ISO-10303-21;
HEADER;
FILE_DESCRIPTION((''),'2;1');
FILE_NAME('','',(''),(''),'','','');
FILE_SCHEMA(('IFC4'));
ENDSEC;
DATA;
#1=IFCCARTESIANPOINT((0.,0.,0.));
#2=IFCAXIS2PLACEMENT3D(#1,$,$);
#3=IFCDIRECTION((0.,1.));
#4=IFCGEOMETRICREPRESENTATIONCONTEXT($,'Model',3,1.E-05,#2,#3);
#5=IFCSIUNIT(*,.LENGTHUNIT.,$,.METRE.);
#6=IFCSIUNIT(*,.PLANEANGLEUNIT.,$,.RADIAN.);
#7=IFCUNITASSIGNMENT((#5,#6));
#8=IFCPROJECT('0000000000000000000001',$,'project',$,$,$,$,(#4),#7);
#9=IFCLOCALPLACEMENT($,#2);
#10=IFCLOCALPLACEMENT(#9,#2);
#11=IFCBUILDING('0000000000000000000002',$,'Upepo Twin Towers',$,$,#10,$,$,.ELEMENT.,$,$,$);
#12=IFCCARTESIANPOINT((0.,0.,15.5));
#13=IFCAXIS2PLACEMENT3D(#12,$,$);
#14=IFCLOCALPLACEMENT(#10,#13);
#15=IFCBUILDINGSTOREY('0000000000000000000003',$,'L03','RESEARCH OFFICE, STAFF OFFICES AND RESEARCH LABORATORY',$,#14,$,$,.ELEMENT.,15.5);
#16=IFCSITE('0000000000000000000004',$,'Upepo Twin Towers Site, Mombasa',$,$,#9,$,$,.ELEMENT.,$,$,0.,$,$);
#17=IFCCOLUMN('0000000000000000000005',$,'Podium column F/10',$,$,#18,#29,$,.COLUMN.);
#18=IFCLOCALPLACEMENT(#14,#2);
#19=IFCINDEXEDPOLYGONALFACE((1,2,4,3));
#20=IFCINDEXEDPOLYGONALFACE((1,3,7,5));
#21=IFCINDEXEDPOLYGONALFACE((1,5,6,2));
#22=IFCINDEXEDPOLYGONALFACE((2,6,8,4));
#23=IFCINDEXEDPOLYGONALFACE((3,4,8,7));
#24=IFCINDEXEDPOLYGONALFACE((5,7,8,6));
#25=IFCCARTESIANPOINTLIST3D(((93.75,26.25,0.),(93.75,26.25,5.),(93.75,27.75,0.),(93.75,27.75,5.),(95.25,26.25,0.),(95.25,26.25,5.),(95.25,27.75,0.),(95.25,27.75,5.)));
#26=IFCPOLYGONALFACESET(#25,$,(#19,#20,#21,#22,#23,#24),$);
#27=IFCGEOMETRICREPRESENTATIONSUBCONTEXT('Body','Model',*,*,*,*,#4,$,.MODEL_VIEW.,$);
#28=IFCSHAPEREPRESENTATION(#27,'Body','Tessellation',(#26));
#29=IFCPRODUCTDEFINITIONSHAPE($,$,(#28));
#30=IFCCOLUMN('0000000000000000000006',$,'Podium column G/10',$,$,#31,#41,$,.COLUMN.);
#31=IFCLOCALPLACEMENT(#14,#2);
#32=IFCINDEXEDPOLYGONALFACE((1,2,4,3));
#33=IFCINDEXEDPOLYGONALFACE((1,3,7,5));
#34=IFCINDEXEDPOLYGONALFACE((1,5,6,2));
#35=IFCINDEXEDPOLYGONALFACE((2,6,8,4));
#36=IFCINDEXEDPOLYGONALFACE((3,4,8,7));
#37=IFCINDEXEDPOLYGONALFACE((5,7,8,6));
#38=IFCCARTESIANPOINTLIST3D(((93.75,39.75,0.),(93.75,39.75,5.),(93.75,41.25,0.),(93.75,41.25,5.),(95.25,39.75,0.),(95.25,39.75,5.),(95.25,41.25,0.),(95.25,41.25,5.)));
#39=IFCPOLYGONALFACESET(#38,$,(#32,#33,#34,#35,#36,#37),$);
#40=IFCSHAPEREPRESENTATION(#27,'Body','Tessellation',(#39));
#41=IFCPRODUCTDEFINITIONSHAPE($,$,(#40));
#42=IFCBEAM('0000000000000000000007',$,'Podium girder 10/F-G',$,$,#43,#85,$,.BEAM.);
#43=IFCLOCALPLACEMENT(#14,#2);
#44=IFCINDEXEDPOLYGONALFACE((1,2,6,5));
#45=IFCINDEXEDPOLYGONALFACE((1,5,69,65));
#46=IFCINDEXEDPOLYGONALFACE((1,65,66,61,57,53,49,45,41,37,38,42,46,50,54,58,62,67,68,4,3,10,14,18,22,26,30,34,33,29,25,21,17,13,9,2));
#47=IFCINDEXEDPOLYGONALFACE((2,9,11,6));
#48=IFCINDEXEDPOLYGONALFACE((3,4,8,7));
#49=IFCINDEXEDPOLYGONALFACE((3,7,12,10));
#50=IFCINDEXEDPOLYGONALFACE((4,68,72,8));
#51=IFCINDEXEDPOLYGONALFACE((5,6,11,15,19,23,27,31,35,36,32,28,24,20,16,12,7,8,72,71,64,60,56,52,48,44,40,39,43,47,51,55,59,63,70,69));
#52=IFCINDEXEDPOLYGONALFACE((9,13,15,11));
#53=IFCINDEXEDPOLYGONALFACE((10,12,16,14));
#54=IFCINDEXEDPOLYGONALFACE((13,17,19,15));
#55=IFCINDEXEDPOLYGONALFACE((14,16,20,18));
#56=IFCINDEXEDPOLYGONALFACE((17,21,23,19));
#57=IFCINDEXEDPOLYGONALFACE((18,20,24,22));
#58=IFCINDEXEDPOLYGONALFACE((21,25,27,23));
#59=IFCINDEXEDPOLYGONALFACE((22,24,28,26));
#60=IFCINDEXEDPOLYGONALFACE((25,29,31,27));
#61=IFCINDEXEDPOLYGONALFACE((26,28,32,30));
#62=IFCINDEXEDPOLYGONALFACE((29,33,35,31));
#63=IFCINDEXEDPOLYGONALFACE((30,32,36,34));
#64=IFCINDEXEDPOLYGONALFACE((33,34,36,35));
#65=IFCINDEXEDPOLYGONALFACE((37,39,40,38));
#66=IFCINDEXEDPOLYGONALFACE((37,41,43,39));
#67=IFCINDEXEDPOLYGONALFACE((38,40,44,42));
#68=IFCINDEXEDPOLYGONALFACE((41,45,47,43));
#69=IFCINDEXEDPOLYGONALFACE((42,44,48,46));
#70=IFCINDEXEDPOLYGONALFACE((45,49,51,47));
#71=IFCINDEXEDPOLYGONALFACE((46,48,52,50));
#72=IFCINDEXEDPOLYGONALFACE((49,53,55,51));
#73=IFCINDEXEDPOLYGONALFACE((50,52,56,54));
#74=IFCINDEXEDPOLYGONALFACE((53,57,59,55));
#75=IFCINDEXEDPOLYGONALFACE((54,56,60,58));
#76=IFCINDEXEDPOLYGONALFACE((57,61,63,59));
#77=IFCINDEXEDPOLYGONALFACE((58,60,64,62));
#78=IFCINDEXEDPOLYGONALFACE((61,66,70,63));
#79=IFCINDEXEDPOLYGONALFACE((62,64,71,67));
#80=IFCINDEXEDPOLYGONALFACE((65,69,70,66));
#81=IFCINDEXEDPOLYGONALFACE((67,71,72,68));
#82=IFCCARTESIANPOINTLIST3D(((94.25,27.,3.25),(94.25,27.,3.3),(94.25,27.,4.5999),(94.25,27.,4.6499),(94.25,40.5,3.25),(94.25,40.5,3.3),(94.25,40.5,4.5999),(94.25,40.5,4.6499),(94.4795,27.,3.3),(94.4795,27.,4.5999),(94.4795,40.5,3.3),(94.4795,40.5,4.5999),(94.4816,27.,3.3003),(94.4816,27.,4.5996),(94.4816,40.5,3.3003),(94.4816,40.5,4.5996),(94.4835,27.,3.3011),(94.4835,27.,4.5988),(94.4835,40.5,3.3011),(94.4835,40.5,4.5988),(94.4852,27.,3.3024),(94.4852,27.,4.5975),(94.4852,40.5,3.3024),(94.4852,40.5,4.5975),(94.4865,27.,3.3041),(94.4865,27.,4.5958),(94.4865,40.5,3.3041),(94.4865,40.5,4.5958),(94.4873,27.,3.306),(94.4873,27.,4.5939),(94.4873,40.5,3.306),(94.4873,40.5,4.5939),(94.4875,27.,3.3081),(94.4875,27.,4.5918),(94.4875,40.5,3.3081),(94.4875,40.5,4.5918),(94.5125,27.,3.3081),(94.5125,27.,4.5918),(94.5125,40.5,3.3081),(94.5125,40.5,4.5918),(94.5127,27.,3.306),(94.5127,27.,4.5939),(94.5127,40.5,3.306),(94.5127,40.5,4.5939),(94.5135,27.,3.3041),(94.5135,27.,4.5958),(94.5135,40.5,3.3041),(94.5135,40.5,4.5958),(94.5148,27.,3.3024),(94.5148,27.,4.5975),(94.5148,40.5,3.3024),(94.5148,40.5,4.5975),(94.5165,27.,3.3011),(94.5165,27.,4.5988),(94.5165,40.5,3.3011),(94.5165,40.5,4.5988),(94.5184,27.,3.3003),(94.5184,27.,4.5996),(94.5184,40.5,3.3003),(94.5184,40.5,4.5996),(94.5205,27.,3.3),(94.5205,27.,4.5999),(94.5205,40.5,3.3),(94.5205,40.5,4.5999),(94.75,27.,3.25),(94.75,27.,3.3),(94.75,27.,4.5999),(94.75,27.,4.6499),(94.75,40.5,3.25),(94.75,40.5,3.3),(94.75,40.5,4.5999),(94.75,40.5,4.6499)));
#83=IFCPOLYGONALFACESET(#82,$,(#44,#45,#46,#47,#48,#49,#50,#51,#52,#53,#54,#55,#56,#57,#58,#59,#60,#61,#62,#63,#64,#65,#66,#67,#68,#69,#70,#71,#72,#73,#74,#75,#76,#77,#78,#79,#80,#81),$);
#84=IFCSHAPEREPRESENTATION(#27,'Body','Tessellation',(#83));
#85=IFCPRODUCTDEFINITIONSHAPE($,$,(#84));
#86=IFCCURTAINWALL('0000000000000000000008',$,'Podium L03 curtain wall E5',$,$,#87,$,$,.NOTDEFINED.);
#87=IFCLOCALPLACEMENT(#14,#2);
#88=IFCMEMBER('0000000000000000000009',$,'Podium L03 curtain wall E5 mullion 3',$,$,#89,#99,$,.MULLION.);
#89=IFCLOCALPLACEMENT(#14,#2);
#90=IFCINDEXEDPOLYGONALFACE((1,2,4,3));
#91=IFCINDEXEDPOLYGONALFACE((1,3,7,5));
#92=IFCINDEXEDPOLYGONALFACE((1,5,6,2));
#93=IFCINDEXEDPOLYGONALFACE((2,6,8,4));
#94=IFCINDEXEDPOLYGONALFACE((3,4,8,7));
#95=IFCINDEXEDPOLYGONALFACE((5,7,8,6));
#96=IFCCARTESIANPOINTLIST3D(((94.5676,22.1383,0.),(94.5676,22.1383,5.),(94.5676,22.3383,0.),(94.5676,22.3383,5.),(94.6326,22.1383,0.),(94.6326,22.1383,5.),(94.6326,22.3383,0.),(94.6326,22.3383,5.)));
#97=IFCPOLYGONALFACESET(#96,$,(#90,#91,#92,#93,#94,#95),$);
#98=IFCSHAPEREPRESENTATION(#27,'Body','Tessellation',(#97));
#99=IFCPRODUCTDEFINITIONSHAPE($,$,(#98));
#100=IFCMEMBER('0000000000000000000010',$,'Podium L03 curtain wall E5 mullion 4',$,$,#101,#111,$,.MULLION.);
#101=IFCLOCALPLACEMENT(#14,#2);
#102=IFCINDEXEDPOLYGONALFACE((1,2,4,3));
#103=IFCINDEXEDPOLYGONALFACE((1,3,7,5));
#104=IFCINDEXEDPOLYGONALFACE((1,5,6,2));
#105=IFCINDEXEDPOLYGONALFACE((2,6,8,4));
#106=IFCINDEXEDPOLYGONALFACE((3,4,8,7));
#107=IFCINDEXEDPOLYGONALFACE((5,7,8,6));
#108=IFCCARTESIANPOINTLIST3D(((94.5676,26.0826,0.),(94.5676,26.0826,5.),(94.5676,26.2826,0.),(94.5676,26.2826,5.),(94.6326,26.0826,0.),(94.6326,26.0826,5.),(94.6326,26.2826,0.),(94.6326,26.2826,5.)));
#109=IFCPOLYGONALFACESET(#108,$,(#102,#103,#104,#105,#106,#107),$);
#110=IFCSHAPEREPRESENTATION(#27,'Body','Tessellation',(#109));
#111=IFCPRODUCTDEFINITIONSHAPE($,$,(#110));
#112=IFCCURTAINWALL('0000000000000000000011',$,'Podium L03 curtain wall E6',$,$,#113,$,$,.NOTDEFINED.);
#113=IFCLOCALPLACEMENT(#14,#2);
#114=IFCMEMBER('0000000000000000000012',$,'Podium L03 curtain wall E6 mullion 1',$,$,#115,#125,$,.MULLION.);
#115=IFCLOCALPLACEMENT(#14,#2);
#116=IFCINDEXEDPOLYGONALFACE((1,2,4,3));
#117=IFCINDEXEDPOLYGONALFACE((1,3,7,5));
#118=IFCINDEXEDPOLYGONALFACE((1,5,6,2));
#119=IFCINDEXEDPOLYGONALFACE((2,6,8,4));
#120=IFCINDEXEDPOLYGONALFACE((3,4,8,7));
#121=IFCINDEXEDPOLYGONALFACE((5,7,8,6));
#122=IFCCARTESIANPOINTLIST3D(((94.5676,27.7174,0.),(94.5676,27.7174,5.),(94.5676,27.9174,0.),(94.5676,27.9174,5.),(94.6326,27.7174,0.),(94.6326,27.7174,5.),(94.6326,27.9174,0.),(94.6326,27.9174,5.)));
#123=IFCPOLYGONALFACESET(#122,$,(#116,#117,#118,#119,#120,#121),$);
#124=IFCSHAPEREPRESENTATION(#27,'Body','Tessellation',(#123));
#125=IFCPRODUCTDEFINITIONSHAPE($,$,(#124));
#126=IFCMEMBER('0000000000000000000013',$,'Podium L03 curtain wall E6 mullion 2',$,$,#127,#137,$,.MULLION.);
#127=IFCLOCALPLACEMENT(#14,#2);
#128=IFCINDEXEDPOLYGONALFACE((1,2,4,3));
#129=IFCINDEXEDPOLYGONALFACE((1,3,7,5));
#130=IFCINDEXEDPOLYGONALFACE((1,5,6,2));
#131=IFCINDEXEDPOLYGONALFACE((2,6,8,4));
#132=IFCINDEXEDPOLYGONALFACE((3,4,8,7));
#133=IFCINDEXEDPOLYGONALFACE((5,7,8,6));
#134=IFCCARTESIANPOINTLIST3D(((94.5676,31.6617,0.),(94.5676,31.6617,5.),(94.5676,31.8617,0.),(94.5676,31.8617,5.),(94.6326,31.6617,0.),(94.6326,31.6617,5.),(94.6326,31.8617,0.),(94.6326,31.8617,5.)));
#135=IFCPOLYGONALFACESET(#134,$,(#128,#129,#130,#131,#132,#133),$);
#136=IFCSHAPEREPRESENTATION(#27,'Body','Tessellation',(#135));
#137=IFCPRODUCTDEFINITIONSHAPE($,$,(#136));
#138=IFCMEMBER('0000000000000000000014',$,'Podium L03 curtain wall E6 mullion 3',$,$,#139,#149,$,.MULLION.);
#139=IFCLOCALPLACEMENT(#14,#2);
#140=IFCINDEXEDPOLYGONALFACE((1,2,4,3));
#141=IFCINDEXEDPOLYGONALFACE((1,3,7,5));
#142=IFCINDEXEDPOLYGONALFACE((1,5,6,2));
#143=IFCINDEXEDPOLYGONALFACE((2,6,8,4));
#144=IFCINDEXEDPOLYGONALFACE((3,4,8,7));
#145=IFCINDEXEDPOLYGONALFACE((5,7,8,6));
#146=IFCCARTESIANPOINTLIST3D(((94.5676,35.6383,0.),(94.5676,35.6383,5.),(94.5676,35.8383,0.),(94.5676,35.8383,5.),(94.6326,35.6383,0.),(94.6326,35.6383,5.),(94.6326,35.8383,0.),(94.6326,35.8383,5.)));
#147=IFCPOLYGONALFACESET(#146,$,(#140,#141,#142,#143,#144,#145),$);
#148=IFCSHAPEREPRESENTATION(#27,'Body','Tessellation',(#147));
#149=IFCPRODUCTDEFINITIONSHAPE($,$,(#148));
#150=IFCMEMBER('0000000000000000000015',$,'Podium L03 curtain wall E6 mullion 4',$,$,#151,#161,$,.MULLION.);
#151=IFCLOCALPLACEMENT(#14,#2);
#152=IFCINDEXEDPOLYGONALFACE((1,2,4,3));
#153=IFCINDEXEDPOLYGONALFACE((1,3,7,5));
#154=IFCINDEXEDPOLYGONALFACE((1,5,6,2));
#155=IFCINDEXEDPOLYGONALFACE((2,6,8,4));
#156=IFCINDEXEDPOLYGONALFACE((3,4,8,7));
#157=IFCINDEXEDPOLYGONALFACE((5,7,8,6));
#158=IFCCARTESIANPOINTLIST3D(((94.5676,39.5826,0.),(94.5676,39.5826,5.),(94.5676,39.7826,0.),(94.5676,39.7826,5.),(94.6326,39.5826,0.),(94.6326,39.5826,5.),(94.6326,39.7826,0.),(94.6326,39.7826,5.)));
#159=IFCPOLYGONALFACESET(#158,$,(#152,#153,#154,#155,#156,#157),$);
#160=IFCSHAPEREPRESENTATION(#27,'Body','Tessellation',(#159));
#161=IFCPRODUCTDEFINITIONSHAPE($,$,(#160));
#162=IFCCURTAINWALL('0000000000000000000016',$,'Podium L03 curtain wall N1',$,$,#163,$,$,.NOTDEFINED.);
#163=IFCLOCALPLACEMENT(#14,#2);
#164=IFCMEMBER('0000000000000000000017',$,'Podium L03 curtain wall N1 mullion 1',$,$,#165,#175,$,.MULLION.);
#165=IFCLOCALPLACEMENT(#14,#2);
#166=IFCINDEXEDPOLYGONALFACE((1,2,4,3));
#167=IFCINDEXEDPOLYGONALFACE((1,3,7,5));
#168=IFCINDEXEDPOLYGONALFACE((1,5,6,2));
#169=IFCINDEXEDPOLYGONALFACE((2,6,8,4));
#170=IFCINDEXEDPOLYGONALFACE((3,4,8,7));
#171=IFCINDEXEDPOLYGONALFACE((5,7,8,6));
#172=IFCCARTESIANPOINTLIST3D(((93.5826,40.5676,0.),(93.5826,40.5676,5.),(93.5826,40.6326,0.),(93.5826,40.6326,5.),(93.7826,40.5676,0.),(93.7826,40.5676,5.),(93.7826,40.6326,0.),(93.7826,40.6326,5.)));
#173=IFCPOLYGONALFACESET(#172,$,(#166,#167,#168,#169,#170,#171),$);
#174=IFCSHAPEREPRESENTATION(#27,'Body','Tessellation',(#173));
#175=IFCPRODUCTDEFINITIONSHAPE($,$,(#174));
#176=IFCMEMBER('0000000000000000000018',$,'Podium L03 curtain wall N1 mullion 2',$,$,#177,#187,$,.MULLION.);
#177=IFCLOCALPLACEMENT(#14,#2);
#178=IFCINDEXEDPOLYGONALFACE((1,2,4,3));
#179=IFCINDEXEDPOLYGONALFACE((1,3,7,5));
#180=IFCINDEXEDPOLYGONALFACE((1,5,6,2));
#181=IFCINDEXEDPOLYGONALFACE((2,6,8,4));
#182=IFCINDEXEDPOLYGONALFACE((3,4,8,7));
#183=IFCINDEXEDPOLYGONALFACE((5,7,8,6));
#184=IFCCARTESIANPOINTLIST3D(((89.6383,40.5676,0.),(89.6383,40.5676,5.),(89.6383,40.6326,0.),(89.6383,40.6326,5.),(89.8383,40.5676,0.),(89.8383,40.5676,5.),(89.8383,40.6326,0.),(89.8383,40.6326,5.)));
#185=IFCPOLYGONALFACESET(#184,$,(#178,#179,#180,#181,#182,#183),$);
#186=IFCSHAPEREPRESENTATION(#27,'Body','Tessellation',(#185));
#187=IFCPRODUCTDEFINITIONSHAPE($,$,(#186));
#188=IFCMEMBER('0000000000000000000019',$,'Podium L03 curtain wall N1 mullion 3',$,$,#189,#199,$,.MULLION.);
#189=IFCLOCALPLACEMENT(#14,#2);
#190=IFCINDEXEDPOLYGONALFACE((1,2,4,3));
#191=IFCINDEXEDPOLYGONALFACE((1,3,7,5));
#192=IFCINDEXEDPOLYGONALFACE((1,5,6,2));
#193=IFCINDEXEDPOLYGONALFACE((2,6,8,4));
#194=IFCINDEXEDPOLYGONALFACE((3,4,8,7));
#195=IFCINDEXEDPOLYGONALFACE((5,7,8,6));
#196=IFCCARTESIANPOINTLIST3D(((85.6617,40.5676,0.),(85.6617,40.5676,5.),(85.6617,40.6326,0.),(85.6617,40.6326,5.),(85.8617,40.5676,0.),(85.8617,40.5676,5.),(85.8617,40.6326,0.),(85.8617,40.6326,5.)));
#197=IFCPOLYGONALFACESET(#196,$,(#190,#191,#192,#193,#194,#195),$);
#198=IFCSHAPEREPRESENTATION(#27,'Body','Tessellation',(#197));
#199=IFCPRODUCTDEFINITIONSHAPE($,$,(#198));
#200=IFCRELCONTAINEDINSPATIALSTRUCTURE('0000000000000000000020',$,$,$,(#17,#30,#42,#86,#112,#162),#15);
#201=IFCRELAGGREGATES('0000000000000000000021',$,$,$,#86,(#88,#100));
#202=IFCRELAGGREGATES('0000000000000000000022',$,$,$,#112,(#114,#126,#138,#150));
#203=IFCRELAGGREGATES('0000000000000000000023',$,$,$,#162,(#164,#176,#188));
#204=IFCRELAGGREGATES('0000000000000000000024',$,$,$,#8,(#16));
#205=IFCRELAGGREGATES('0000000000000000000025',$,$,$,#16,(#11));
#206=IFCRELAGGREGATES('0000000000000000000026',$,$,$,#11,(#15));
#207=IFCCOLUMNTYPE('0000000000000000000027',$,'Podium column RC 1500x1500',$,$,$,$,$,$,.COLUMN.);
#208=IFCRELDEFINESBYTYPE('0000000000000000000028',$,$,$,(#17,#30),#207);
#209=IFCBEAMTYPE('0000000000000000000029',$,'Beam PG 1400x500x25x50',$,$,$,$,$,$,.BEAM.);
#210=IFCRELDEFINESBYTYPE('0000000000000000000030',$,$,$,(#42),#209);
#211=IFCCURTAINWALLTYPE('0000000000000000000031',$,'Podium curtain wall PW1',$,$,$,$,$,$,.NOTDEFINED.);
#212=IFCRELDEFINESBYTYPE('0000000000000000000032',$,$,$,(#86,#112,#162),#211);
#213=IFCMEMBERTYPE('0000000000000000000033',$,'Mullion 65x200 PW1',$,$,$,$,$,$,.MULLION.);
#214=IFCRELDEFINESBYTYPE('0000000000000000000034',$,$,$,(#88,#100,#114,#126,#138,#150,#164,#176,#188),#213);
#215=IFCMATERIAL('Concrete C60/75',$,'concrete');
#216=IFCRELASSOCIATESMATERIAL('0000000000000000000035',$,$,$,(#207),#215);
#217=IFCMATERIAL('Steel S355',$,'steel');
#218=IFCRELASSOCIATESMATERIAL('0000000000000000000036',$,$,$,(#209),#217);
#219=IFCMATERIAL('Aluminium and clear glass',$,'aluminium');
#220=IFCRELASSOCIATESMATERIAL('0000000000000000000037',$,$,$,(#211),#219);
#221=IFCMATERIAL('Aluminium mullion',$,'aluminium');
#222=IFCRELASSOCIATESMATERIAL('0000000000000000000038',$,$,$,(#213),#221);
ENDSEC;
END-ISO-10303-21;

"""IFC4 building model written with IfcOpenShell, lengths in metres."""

from ifc_helpers import new_model, si_unit, direction, frame, origin, origin_2d, place, context, subcontext, project, spatial, rectangle, i_section, extrude, material, material_profile, profile_set, type_object, element, aggregate, save


model = new_model("IFC4")

# Units and contexts
model_context = context("Model", 3, precision=1e-05, world=origin(), true_north=direction((0.0, 1.0)))
body_context = subcontext(model_context, "Body", "Model", "MODEL_VIEW")
ifc_project = project(units=[si_unit("LENGTHUNIT", "METRE"), si_unit("PLANEANGLEUNIT", "RADIAN")], contexts=[model_context])

# Site, building, storey
site_placement = place(None, origin())
site = spatial("IfcSite", under=ifc_project, at=site_placement, Name="Upepo Twin Towers Site, Mombasa", CompositionType="ELEMENT", RefElevation=0.0)
building_placement = place(site_placement, origin())
building = spatial("IfcBuilding", under=site, at=building_placement, Name="Upepo Twin Towers", CompositionType="ELEMENT")
storey_placement = place(building_placement, frame((0.0, 0.0, 15.5)))
storey = spatial("IfcBuildingStorey", under=building, at=storey_placement, Name="L03", Description="RESEARCH OFFICE, STAFF OFFICES AND RESEARCH LABORATORY", CompositionType="ELEMENT", Elevation=15.5)

# Columns
ifc_material_1 = material(Name="Concrete C60/75", Category="concrete")
ifc_material_profile_1 = material_profile(ifc_material_1, rectangle(XDim=1.5, YDim=1.5, at=origin_2d()), Name="RC 1500x1500")
ifc_profile_set_1 = profile_set([ifc_material_profile_1], Name="Concrete C60/75")
column_type = type_object("IfcColumnType", Name="Podium column RC 1500x1500", PredefinedType="COLUMN", material=ifc_profile_set_1)
for number, where, z_axis, x_axis, name in (
    (1, (94.5, 27.0, 0.0), (0.0, 0.0, 1.0), (1.0, 0.0, 0.0), "Podium column F/10"),
    (2, (94.5, 40.5, 0.0), (0.0, 0.0, 1.0), (1.0, 0.0, 0.0), "Podium column G/10"),
):
    element("IfcColumn", number, at=place(storey_placement, frame(where, z_axis=z_axis, x_axis=x_axis)), inside=storey, type_object=column_type, Name=name, PredefinedType="COLUMN", context=body_context, shape_type="SweptSolid", body=[
        extrude(rectangle(XDim=1.5, YDim=1.5, at=origin_2d()), origin(), (0.0, 0.0, 1.0), 5.0),
    ])

# Beam
ifc_material_2 = material(Name="Steel S355", Category="steel")
ifc_material_profile_2 = material_profile(ifc_material_2, i_section(OverallWidth=0.5, OverallDepth=1.3999, WebThickness=0.0249, FlangeThickness=0.05, FilletRadius=0.0081, at=origin_2d()), Name="PG 1400x500x25x50")
ifc_profile_set_2 = profile_set([ifc_material_profile_2], Name="Steel S355")
beam_type_1 = type_object("IfcBeamType", Name="Beam PG 1400x500x25x50", PredefinedType="BEAM", material=ifc_profile_set_2)
beam_placement = place(storey_placement, frame((94.5, 27.0, 3.95), z_axis=(0.0, 1.0, 0.0), x_axis=(-1.0, 0.0, 0.0)))
element("IfcBeam", 3, at=beam_placement, inside=storey, type_object=beam_type_1, Name="Podium girder 10/F-G", PredefinedType="BEAM", context=body_context, shape_type="SweptSolid", body=[
    extrude(i_section(OverallWidth=0.5, OverallDepth=1.3999, WebThickness=0.0249, FlangeThickness=0.05, FilletRadius=0.0081, at=origin_2d()), origin(), (0.0, 0.0, 1.0), 13.5),
])

# Curtain walls, members
ifc_material_3 = material(Name="Aluminium and clear glass", Category="aluminium")
curtain_wall_type = type_object("IfcCurtainWallType", Name="Podium curtain wall PW1", PredefinedType="NOTDEFINED", material=ifc_material_3)
curtain_wall_1_placement = place(storey_placement, origin())
curtain_wall_1 = element("IfcCurtainWall", 4, at=curtain_wall_1_placement, inside=storey, type_object=curtain_wall_type, Name="Podium L03 curtain wall E5", PredefinedType="NOTDEFINED")
ifc_material_4 = material(Name="Aluminium mullion", Category="aluminium")
ifc_material_profile_3 = material_profile(ifc_material_4, rectangle(XDim=0.0649, YDim=0.2, at=origin_2d()), Name="MULLION 65x200 PODIUM")
ifc_profile_set_3 = profile_set([ifc_material_profile_3], Name="Aluminium mullion")
member_type_1 = type_object("IfcMemberType", Name="Mullion 65x200 PW1", PredefinedType="MULLION", material=ifc_profile_set_3)
member_1_placement = place(storey_placement, frame((94.6001, 22.2383, 0.0), z_axis=(0.0, 0.0, 1.0), x_axis=(-1.0, 0.0, 0.0)))
member_1 = element("IfcMember", 5, at=member_1_placement, type_object=member_type_1, Name="Podium L03 curtain wall E5 mullion 3", PredefinedType="MULLION", context=body_context, shape_type="SweptSolid", body=[
    extrude(rectangle(XDim=0.0649, YDim=0.2, at=origin_2d()), origin(), (0.0, 0.0, 1.0), 5.0),
])
member_2_placement = place(storey_placement, frame((94.6001, 26.1826, 0.0), z_axis=(0.0, 0.0, 1.0), x_axis=(-1.0, 0.0, 0.0)))
member_2 = element("IfcMember", 6, at=member_2_placement, type_object=member_type_1, Name="Podium L03 curtain wall E5 mullion 4", PredefinedType="MULLION", context=body_context, shape_type="SweptSolid", body=[
    extrude(rectangle(XDim=0.0649, YDim=0.2, at=origin_2d()), origin(), (0.0, 0.0, 1.0), 5.0),
])
curtain_wall_2_placement = place(storey_placement, origin())
curtain_wall_2 = element("IfcCurtainWall", 7, at=curtain_wall_2_placement, inside=storey, type_object=curtain_wall_type, Name="Podium L03 curtain wall E6", PredefinedType="NOTDEFINED")
member_3_placement = place(storey_placement, frame((94.6001, 27.8174, 0.0), z_axis=(0.0, 0.0, 1.0), x_axis=(-1.0, 0.0, 0.0)))
member_3 = element("IfcMember", 8, at=member_3_placement, type_object=member_type_1, Name="Podium L03 curtain wall E6 mullion 1", PredefinedType="MULLION", context=body_context, shape_type="SweptSolid", body=[
    extrude(rectangle(XDim=0.0649, YDim=0.2, at=origin_2d()), origin(), (0.0, 0.0, 1.0), 5.0),
])
member_4_placement = place(storey_placement, frame((94.6001, 31.7617, 0.0), z_axis=(0.0, 0.0, 1.0), x_axis=(-1.0, 0.0, 0.0)))
member_4 = element("IfcMember", 9, at=member_4_placement, type_object=member_type_1, Name="Podium L03 curtain wall E6 mullion 2", PredefinedType="MULLION", context=body_context, shape_type="SweptSolid", body=[
    extrude(rectangle(XDim=0.0649, YDim=0.2, at=origin_2d()), origin(), (0.0, 0.0, 1.0), 5.0),
])
member_5_placement = place(storey_placement, frame((94.6001, 35.7383, 0.0), z_axis=(0.0, 0.0, 1.0), x_axis=(-1.0, 0.0, 0.0)))
member_5 = element("IfcMember", 10, at=member_5_placement, type_object=member_type_1, Name="Podium L03 curtain wall E6 mullion 3", PredefinedType="MULLION", context=body_context, shape_type="SweptSolid", body=[
    extrude(rectangle(XDim=0.0649, YDim=0.2, at=origin_2d()), origin(), (0.0, 0.0, 1.0), 5.0),
])
member_6_placement = place(storey_placement, frame((94.6001, 39.6826, 0.0), z_axis=(0.0, 0.0, 1.0), x_axis=(-1.0, 0.0, 0.0)))
member_6 = element("IfcMember", 11, at=member_6_placement, type_object=member_type_1, Name="Podium L03 curtain wall E6 mullion 4", PredefinedType="MULLION", context=body_context, shape_type="SweptSolid", body=[
    extrude(rectangle(XDim=0.0649, YDim=0.2, at=origin_2d()), origin(), (0.0, 0.0, 1.0), 5.0),
])
curtain_wall_3_placement = place(storey_placement, origin())
curtain_wall_3 = element("IfcCurtainWall", 12, at=curtain_wall_3_placement, inside=storey, type_object=curtain_wall_type, Name="Podium L03 curtain wall N1", PredefinedType="NOTDEFINED")
member_7_placement = place(storey_placement, frame((93.6826, 40.6001, 0.0), z_axis=(0.0, 0.0, 1.0), x_axis=(0.0, -1.0, 0.0)))
member_7 = element("IfcMember", 13, at=member_7_placement, type_object=member_type_1, Name="Podium L03 curtain wall N1 mullion 1", PredefinedType="MULLION", context=body_context, shape_type="SweptSolid", body=[
    extrude(rectangle(XDim=0.0649, YDim=0.2, at=origin_2d()), origin(), (0.0, 0.0, 1.0), 5.0),
])
member_8_placement = place(storey_placement, frame((89.7383, 40.6001, 0.0), z_axis=(0.0, 0.0, 1.0), x_axis=(0.0, -1.0, 0.0)))
member_8 = element("IfcMember", 14, at=member_8_placement, type_object=member_type_1, Name="Podium L03 curtain wall N1 mullion 2", PredefinedType="MULLION", context=body_context, shape_type="SweptSolid", body=[
    extrude(rectangle(XDim=0.0649, YDim=0.2, at=origin_2d()), origin(), (0.0, 0.0, 1.0), 5.0),
])
member_9_placement = place(storey_placement, frame((85.7617, 40.6001, 0.0), z_axis=(0.0, 0.0, 1.0), x_axis=(0.0, -1.0, 0.0)))
member_9 = element("IfcMember", 15, at=member_9_placement, type_object=member_type_1, Name="Podium L03 curtain wall N1 mullion 3", PredefinedType="MULLION", context=body_context, shape_type="SweptSolid", body=[
    extrude(rectangle(XDim=0.0649, YDim=0.2, at=origin_2d()), origin(), (0.0, 0.0, 1.0), 5.0),
])

aggregate(curtain_wall_1, [member_1, member_2])
aggregate(curtain_wall_2, [member_3, member_4, member_5, member_6])
aggregate(curtain_wall_3, [member_7, member_8, member_9])

save(model, "model.ifc")
